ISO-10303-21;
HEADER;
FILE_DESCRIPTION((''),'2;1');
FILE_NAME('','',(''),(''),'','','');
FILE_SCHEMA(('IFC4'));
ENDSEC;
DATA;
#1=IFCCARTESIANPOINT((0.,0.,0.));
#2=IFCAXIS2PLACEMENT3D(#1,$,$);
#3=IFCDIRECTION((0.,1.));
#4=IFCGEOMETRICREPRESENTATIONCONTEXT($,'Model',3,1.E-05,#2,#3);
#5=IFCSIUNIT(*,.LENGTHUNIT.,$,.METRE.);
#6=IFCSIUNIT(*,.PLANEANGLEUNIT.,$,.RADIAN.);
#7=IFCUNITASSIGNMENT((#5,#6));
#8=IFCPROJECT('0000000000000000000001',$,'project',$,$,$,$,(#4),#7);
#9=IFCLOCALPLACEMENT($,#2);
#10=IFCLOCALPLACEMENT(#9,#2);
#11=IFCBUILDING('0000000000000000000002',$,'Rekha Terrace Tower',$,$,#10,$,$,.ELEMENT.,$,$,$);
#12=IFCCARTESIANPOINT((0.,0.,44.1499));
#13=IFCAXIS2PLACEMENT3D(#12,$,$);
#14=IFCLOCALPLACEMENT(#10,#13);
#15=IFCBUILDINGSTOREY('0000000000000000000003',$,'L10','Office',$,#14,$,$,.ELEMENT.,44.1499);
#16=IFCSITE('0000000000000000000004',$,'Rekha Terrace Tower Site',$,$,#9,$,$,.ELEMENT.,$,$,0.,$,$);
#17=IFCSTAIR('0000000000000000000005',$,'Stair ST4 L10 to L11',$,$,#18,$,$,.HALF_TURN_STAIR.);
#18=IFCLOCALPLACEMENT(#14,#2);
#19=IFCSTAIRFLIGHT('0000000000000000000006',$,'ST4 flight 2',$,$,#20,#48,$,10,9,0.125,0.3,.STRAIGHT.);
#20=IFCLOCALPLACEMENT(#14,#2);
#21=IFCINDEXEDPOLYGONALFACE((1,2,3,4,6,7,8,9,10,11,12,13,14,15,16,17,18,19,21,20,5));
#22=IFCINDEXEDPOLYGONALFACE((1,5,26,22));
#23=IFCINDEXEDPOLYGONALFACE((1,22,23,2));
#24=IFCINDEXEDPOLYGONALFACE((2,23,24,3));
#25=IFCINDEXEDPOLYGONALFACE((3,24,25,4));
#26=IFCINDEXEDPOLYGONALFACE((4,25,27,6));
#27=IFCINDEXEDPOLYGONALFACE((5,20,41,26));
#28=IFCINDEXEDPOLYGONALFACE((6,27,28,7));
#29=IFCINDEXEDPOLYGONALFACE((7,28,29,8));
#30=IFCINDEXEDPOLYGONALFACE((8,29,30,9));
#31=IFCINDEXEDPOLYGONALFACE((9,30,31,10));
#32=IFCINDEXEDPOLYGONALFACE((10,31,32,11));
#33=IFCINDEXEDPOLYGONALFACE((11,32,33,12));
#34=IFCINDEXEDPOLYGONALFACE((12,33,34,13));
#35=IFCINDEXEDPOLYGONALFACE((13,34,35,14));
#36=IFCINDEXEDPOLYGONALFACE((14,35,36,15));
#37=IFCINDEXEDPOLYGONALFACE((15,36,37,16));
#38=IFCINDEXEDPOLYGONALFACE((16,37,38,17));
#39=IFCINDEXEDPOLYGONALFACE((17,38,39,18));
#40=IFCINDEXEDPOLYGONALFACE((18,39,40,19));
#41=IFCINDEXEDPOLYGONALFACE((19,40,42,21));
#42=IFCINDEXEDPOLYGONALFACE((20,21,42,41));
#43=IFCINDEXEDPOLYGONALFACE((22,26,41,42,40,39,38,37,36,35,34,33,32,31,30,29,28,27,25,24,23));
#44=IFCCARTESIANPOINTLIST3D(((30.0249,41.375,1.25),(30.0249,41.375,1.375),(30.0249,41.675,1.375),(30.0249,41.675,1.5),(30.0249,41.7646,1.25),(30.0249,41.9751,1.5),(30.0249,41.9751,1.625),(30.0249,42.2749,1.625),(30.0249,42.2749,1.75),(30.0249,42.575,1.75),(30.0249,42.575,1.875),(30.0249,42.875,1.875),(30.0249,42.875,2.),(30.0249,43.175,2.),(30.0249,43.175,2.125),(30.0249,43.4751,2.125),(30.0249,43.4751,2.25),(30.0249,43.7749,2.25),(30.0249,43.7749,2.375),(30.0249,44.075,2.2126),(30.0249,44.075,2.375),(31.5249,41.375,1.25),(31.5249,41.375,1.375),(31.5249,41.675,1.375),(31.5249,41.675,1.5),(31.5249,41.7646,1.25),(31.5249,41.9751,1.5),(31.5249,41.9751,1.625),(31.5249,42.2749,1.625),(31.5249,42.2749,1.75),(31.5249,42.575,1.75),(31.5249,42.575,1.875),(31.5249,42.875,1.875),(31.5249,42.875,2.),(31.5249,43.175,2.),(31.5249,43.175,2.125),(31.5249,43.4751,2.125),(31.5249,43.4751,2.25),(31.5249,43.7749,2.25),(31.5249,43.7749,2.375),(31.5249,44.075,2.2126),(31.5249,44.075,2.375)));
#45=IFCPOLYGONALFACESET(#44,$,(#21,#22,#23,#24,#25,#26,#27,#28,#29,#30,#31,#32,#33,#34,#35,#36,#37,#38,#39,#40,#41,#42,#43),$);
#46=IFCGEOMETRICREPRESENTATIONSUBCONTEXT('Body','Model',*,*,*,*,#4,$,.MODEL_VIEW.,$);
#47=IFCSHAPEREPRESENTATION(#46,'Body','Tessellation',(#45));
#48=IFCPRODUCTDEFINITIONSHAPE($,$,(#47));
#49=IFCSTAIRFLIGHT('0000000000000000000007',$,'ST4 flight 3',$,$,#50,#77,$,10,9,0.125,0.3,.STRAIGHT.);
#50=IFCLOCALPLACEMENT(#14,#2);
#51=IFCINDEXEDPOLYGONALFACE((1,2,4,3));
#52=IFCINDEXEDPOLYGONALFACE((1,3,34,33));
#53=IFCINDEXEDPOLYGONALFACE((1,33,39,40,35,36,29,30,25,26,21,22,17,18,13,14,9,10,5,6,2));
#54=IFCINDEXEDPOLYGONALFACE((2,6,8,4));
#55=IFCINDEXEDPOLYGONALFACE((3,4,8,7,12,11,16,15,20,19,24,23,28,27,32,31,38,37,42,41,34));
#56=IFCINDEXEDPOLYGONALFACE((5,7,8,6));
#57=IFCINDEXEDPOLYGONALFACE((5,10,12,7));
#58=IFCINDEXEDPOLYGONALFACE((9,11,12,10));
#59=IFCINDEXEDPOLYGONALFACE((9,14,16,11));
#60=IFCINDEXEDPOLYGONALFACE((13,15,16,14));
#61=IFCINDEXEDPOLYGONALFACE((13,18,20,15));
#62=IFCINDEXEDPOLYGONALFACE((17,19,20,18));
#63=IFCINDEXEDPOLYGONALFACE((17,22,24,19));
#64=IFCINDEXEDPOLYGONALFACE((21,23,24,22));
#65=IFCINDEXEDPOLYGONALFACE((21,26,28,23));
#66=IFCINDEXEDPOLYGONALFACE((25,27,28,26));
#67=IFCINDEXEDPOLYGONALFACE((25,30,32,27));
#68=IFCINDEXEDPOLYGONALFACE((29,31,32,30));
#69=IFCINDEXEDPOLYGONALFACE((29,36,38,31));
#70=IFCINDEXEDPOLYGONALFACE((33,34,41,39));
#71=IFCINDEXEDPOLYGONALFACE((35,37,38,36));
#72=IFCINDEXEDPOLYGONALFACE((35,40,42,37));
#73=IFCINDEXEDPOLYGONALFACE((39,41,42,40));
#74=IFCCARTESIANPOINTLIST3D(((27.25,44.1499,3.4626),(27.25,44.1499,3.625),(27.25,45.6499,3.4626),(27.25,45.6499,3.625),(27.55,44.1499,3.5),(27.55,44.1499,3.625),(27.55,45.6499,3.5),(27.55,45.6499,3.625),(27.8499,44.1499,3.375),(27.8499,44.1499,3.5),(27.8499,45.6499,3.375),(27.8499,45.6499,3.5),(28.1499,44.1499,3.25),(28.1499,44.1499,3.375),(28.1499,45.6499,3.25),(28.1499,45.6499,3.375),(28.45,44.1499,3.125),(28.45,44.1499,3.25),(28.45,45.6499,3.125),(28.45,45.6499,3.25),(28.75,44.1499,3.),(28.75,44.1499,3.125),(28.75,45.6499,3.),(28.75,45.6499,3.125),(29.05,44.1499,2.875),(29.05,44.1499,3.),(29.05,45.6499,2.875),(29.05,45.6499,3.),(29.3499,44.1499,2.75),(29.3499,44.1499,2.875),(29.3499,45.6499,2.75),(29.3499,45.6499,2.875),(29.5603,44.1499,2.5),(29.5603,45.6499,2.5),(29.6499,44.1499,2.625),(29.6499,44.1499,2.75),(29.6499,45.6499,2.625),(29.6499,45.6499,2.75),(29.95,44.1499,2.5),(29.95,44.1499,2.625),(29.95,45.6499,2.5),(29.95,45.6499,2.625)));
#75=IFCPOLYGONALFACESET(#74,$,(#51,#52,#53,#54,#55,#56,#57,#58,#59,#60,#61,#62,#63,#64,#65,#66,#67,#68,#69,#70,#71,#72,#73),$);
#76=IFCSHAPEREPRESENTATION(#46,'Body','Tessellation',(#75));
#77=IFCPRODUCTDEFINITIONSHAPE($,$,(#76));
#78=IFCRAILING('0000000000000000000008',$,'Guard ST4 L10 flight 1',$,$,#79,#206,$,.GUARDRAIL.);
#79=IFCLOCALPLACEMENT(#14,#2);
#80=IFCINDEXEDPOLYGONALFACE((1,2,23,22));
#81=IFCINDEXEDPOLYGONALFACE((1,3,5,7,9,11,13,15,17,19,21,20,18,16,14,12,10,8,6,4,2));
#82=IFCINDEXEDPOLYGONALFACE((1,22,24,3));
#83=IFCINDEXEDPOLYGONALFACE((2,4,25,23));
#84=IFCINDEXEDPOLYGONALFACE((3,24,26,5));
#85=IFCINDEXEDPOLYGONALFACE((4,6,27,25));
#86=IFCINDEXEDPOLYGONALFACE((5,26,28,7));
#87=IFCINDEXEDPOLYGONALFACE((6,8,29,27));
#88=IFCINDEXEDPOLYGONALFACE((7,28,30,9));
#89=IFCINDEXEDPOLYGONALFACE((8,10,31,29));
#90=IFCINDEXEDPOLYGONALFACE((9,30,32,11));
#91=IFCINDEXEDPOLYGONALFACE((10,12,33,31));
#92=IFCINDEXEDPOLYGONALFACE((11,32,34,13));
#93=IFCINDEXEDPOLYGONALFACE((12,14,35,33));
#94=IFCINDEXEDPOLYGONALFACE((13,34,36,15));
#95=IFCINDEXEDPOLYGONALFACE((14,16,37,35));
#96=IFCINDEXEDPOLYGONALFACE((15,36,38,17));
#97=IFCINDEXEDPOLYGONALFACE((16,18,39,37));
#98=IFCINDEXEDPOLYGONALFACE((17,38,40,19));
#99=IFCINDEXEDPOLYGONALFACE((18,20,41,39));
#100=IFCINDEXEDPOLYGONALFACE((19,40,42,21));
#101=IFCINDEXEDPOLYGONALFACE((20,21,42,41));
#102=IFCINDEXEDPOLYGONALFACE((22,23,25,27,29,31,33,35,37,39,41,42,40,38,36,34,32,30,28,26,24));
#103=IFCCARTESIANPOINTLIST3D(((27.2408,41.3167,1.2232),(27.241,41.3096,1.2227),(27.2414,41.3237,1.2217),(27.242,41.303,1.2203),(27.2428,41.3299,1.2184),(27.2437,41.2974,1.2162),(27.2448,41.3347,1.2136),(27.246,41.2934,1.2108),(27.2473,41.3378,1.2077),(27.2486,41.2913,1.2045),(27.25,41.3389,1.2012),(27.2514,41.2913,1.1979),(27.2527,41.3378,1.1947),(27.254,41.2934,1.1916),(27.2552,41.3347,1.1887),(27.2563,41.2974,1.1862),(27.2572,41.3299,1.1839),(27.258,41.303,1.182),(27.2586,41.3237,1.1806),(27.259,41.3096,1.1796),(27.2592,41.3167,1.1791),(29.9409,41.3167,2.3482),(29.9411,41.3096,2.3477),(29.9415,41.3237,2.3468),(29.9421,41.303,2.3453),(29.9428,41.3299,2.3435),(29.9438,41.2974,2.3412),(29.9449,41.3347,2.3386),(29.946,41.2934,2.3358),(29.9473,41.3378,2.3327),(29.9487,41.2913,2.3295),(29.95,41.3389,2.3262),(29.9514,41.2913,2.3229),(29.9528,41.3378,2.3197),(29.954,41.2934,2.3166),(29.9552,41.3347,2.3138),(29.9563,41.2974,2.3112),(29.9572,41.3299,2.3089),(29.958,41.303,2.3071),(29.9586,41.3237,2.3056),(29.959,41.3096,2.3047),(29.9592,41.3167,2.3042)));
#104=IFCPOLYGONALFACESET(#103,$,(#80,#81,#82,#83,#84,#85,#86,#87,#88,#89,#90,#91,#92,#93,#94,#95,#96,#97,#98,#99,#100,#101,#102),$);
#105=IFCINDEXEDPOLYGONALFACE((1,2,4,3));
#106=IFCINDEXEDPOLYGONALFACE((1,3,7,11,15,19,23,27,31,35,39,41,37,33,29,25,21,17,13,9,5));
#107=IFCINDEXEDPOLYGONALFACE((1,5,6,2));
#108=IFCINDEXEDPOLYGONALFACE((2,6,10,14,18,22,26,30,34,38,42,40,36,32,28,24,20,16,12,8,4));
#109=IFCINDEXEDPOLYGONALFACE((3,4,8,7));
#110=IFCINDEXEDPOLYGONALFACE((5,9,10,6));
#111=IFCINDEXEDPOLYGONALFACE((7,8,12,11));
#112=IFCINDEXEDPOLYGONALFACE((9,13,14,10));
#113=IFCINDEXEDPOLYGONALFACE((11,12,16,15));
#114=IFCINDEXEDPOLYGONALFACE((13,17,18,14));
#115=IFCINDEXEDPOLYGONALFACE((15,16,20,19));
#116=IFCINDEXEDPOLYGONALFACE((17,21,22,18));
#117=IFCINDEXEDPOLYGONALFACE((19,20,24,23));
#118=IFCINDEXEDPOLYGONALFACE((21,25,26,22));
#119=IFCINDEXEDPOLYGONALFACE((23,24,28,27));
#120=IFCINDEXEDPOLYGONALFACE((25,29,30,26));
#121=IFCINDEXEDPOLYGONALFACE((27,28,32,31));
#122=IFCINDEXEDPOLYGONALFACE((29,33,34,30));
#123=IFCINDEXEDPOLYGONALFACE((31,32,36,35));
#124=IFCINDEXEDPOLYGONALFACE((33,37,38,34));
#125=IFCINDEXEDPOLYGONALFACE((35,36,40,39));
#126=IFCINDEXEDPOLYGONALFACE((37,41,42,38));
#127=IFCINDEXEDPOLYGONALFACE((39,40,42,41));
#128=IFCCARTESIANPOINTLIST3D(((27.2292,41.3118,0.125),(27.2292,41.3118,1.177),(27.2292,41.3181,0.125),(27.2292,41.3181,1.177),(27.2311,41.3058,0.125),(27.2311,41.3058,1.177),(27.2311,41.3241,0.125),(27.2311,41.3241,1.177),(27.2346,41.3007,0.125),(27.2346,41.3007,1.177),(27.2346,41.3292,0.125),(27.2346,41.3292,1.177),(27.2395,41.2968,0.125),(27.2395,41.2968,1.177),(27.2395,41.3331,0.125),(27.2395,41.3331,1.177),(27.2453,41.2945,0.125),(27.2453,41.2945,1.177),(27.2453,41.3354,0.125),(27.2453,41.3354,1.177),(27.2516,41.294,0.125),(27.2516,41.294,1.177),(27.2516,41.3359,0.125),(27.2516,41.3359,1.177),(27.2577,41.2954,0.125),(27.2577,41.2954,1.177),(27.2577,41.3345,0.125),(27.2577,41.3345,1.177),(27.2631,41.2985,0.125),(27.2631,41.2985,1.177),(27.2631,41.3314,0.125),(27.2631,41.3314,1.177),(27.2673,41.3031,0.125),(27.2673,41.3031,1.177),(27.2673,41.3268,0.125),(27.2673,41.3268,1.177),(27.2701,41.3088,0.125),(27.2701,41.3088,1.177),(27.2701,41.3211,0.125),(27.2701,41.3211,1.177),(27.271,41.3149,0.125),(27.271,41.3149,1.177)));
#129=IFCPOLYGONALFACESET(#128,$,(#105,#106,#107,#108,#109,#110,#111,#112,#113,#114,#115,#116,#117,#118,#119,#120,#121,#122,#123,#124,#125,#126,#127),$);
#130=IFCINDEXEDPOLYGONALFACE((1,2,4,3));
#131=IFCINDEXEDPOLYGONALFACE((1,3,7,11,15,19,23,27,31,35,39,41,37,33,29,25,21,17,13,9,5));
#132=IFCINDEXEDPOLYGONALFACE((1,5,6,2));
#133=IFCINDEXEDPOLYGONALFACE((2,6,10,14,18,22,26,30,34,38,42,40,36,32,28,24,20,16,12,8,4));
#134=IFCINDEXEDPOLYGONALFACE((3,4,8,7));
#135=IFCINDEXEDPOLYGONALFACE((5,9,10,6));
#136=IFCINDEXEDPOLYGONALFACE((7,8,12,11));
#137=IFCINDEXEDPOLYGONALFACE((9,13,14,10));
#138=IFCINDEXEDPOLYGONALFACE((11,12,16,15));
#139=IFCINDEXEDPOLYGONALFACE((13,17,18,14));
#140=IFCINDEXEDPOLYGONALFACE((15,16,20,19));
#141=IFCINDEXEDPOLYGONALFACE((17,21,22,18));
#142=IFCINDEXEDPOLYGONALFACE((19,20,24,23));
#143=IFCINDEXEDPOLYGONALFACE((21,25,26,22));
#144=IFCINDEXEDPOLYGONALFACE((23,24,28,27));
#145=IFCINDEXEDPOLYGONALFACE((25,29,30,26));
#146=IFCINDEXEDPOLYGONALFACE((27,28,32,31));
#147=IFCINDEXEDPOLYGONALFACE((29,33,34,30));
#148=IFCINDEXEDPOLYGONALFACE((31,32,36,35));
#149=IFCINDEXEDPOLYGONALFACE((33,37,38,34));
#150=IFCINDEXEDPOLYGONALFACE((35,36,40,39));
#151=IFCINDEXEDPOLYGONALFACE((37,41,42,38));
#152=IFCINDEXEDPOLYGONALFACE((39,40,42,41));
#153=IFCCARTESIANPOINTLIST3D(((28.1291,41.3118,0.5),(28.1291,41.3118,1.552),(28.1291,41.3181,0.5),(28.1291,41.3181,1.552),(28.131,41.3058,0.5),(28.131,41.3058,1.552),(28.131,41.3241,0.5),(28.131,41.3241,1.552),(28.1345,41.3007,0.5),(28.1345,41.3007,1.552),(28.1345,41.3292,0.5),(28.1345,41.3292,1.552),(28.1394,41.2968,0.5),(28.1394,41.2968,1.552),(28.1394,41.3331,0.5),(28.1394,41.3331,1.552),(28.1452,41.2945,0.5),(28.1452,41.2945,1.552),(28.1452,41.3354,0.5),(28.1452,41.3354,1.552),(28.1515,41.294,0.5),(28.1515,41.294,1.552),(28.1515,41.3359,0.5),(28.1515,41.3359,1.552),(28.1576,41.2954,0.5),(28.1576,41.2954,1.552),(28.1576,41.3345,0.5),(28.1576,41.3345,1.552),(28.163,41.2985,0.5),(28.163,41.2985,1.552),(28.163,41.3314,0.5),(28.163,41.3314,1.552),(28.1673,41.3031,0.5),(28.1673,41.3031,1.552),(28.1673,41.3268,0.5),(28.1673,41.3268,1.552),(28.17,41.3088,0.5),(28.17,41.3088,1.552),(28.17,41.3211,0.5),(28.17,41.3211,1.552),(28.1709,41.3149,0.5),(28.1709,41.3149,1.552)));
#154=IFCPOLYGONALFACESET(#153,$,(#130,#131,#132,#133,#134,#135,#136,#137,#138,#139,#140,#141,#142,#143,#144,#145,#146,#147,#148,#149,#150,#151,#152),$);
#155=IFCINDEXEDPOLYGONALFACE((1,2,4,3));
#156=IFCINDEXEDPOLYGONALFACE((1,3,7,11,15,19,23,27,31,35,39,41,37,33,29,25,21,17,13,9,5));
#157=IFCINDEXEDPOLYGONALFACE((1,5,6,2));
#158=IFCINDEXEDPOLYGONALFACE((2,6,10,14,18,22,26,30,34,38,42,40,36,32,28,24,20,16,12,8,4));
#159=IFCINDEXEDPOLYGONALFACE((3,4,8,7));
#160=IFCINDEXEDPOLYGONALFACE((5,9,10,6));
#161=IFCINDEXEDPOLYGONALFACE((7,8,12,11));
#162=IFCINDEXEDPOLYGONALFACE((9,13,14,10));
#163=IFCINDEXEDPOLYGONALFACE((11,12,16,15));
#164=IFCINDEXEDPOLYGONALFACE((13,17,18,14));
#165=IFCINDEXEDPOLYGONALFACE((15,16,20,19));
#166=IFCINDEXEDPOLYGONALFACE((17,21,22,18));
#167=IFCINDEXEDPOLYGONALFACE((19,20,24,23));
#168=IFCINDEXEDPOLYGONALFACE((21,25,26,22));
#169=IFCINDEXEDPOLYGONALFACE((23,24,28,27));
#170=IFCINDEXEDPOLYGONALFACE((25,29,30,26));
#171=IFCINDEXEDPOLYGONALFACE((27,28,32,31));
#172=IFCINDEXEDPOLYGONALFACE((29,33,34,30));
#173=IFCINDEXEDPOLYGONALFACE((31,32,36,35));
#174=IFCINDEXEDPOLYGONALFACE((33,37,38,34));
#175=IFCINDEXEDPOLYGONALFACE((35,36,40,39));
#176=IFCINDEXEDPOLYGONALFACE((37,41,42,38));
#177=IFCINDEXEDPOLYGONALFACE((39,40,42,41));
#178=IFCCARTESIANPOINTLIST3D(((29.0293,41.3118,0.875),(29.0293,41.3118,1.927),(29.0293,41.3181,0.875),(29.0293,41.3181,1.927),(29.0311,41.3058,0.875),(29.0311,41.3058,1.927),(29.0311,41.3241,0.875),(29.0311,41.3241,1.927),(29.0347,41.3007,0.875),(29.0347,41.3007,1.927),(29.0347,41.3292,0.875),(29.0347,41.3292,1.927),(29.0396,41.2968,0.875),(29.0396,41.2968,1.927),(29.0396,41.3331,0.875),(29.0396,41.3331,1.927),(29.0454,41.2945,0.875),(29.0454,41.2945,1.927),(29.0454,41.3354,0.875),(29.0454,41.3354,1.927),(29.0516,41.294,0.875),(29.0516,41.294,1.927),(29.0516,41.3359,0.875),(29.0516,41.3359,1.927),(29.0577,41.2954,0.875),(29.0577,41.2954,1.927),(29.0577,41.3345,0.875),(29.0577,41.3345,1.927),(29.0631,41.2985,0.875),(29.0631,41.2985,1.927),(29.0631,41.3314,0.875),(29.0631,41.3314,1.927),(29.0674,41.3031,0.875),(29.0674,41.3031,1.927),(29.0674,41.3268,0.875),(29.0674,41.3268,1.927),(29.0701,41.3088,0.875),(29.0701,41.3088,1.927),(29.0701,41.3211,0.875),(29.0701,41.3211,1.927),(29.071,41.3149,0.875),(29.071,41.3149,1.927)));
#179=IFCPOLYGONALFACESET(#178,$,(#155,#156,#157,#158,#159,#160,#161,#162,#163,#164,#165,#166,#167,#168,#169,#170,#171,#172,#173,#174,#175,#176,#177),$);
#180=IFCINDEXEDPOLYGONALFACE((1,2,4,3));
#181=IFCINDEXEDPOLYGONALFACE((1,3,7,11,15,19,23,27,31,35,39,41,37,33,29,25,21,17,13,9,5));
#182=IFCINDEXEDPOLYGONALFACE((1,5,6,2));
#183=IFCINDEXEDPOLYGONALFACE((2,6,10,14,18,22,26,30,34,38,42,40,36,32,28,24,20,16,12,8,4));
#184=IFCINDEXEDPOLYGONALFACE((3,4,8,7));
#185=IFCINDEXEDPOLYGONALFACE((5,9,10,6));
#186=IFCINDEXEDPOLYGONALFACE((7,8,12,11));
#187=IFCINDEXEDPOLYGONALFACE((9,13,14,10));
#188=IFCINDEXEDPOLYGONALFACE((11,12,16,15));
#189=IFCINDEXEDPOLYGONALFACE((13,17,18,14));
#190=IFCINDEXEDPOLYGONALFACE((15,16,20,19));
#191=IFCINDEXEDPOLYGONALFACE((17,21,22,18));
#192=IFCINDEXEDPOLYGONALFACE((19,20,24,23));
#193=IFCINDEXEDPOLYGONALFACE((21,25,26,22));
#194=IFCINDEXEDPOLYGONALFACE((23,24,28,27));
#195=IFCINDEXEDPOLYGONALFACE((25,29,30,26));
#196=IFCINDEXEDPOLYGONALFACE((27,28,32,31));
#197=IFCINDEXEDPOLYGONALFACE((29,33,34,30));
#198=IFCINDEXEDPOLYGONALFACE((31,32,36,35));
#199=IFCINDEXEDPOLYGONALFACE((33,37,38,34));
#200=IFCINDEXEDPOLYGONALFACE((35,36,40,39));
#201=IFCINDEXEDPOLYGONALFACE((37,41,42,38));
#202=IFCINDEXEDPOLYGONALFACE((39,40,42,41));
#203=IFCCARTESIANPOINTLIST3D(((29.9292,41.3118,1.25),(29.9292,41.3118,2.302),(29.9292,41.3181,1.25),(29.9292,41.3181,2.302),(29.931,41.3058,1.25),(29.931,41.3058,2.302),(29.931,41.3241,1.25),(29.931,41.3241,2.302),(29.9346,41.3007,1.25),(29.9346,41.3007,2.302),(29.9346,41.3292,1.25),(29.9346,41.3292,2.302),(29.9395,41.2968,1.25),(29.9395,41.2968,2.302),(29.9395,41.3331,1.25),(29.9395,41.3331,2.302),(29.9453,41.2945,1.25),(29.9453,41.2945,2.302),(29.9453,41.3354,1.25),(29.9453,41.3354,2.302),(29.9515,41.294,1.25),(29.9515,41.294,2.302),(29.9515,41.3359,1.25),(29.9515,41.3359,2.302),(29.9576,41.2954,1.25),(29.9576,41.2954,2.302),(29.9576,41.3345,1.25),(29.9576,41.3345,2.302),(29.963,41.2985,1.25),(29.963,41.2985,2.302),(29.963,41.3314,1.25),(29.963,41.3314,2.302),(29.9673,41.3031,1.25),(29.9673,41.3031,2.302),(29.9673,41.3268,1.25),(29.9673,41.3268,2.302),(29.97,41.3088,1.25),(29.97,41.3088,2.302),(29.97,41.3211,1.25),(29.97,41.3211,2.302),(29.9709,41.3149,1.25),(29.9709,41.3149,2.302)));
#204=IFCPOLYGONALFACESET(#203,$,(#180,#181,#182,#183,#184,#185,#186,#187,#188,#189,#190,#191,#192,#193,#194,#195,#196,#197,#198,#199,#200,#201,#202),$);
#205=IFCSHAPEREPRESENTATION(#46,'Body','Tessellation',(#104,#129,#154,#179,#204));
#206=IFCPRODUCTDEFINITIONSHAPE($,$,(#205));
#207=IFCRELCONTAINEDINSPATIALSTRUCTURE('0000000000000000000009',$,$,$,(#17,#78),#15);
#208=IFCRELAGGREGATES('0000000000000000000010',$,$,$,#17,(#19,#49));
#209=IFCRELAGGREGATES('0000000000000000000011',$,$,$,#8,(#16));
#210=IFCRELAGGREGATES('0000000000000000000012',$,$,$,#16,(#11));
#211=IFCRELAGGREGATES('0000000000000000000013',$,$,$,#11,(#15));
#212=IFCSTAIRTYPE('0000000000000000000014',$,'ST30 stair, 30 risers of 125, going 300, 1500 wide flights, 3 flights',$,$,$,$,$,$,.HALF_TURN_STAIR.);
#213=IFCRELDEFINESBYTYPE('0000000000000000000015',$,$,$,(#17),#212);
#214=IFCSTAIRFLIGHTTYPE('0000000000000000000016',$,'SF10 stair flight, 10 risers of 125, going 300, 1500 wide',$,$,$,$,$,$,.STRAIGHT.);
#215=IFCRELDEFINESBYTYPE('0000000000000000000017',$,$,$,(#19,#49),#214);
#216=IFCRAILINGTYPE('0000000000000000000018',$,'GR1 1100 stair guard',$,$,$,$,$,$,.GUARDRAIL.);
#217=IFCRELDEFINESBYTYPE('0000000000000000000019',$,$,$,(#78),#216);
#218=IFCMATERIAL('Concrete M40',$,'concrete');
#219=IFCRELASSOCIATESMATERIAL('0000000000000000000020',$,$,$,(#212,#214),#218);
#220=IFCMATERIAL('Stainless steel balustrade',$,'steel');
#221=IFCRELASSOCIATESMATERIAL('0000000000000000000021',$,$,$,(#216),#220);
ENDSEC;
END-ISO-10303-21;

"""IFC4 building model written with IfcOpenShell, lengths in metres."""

from ifc_helpers import new_model, si_unit, direction, frame, origin, origin_2d, place, context, subcontext, project, spatial, polyline, circle, outline, extrude, material, type_object, element, aggregate, save


model = new_model("IFC4")

# Units and contexts
model_context = context("Model", 3, precision=1e-05, world=origin(), true_north=direction((0.0, 1.0)))
body_context = subcontext(model_context, "Body", "Model", "MODEL_VIEW")
ifc_project = project(units=[si_unit("LENGTHUNIT", "METRE"), si_unit("PLANEANGLEUNIT", "RADIAN")], contexts=[model_context])

# Site, building, storey
site_placement = place(None, origin())
site = spatial("IfcSite", under=ifc_project, at=site_placement, Name="Rekha Terrace Tower Site", CompositionType="ELEMENT", RefElevation=0.0)
building_placement = place(site_placement, origin())
building = spatial("IfcBuilding", under=site, at=building_placement, Name="Rekha Terrace Tower", CompositionType="ELEMENT")
storey_placement = place(building_placement, frame((0.0, 0.0, 44.1499)))
storey = spatial("IfcBuildingStorey", under=building, at=storey_placement, Name="L10", Description="Office", CompositionType="ELEMENT", Elevation=44.1499)

# Stair, stair flights
ifc_material_1 = material(Name="Concrete M40", Category="concrete")
stair_type = type_object("IfcStairType", Name="ST30 stair, 30 risers of 125, going 300, 1500 wide flights, 3 flights", PredefinedType="HALF_TURN_STAIR", material=ifc_material_1)
stair_placement = place(storey_placement, origin())
stair = element("IfcStair", 1, at=stair_placement, inside=storey, type_object=stair_type, Name="Stair ST4 L10 to L11", PredefinedType="HALF_TURN_STAIR")
stair_flight_type = type_object("IfcStairFlightType", Name="SF10 stair flight, 10 risers of 125, going 300, 1500 wide", PredefinedType="STRAIGHT", material=ifc_material_1)
stair_flight_1_placement = place(storey_placement, frame((30.7749, 41.375, 1.25), z_axis=(0.0, 0.0, 1.0), x_axis=(0.0, 1.0, 0.0)))
stair_flight_1 = element("IfcStairFlight", 2, at=stair_flight_1_placement, type_object=stair_flight_type, Name="ST4 flight 2", NumberOfRisers=10, NumberOfTreads=9, PredefinedType="STRAIGHT", RiserHeight=0.125, TreadLength=0.3, context=body_context, shape_type="SweptSolid", body=[
    extrude(outline(polyline([(0.0, 0.0), (0.0, 0.125), (0.3, 0.125), (0.3, 0.25), (0.6001, 0.25), (0.6001, 0.375), (0.8999, 0.375), (0.8999, 0.5), (1.2, 0.5), (1.2, 0.625), (1.5, 0.625), (1.5, 0.75), (1.8, 0.75), (1.8, 0.875), (2.1001, 0.875), (2.1001, 1.0), (2.3999, 1.0), (2.3999, 1.125), (2.7, 1.125), (2.7, 1.25), (2.7, 0.9626), (0.3896, 0.0), (0.0, 0.0)])), frame((0.0, 0.75, 0.0), z_axis=(0.0, -1.0, 0.0), x_axis=(1.0, 0.0, 0.0)), (0.0, 0.0, 1.0), 1.5),
])
stair_flight_2_placement = place(storey_placement, frame((29.95, 44.8999, 2.5), z_axis=(0.0, 0.0, 1.0), x_axis=(-1.0, 0.0, 0.0)))
stair_flight_2 = element("IfcStairFlight", 3, at=stair_flight_2_placement, type_object=stair_flight_type, Name="ST4 flight 3", NumberOfRisers=10, NumberOfTreads=9, PredefinedType="STRAIGHT", RiserHeight=0.125, TreadLength=0.3, context=body_context, shape_type="SweptSolid", body=[
    extrude(outline(polyline([(0.0, 0.0), (0.0, 0.125), (0.3, 0.125), (0.3, 0.25), (0.6001, 0.25), (0.6001, 0.375), (0.8999, 0.375), (0.8999, 0.5), (1.2, 0.5), (1.2, 0.625), (1.5, 0.625), (1.5, 0.75), (1.8, 0.75), (1.8, 0.875), (2.1001, 0.875), (2.1001, 1.0), (2.3999, 1.0), (2.3999, 1.125), (2.7, 1.125), (2.7, 1.25), (2.7, 0.9626), (0.3896, 0.0), (0.0, 0.0)])), frame((0.0, 0.75, 0.0), z_axis=(0.0, -1.0, 0.0), x_axis=(1.0, 0.0, 0.0)), (0.0, 0.0, 1.0), 1.5),
])
aggregate(stair, [stair_flight_1, stair_flight_2])

# Railing
ifc_material_2 = material(Name="Stainless steel balustrade", Category="steel")
railing_type_1 = type_object("IfcRailingType", Name="GR1 1100 stair guard", PredefinedType="GUARDRAIL", material=ifc_material_2)
railing_1_placement = place(storey_placement, frame((27.25, 41.3149, 0.125)))
element("IfcRailing", 4, at=railing_1_placement, inside=storey, type_object=railing_type_1, Name="Guard ST4 L10 flight 1", PredefinedType="GUARDRAIL", context=body_context, shape_type="SweptSolid", body=[
    extrude(circle(Radius=0.0239, at=origin_2d()), frame((0.0, 0.0, 1.0762), z_axis=(0.923074, 0.0, 0.384621), x_axis=(0.0, 1.0, 0.0)), (0.0, 0.0, 1.0), 2.925),
    extrude(circle(Radius=0.021, at=origin_2d()), origin(), (0.0, 0.0, 1.0), 1.052),
    extrude(circle(Radius=0.021, at=origin_2d()), frame((0.8999, 0.0, 0.375)), (0.0, 0.0, 1.0), 1.052),
    extrude(circle(Radius=0.021, at=origin_2d()), frame((1.8, 0.0, 0.75)), (0.0, 0.0, 1.0), 1.052),
    extrude(circle(Radius=0.021, at=origin_2d()), frame((2.7, 0.0, 1.125)), (0.0, 0.0, 1.0), 1.052),
])

save(model, "model.ifc")
